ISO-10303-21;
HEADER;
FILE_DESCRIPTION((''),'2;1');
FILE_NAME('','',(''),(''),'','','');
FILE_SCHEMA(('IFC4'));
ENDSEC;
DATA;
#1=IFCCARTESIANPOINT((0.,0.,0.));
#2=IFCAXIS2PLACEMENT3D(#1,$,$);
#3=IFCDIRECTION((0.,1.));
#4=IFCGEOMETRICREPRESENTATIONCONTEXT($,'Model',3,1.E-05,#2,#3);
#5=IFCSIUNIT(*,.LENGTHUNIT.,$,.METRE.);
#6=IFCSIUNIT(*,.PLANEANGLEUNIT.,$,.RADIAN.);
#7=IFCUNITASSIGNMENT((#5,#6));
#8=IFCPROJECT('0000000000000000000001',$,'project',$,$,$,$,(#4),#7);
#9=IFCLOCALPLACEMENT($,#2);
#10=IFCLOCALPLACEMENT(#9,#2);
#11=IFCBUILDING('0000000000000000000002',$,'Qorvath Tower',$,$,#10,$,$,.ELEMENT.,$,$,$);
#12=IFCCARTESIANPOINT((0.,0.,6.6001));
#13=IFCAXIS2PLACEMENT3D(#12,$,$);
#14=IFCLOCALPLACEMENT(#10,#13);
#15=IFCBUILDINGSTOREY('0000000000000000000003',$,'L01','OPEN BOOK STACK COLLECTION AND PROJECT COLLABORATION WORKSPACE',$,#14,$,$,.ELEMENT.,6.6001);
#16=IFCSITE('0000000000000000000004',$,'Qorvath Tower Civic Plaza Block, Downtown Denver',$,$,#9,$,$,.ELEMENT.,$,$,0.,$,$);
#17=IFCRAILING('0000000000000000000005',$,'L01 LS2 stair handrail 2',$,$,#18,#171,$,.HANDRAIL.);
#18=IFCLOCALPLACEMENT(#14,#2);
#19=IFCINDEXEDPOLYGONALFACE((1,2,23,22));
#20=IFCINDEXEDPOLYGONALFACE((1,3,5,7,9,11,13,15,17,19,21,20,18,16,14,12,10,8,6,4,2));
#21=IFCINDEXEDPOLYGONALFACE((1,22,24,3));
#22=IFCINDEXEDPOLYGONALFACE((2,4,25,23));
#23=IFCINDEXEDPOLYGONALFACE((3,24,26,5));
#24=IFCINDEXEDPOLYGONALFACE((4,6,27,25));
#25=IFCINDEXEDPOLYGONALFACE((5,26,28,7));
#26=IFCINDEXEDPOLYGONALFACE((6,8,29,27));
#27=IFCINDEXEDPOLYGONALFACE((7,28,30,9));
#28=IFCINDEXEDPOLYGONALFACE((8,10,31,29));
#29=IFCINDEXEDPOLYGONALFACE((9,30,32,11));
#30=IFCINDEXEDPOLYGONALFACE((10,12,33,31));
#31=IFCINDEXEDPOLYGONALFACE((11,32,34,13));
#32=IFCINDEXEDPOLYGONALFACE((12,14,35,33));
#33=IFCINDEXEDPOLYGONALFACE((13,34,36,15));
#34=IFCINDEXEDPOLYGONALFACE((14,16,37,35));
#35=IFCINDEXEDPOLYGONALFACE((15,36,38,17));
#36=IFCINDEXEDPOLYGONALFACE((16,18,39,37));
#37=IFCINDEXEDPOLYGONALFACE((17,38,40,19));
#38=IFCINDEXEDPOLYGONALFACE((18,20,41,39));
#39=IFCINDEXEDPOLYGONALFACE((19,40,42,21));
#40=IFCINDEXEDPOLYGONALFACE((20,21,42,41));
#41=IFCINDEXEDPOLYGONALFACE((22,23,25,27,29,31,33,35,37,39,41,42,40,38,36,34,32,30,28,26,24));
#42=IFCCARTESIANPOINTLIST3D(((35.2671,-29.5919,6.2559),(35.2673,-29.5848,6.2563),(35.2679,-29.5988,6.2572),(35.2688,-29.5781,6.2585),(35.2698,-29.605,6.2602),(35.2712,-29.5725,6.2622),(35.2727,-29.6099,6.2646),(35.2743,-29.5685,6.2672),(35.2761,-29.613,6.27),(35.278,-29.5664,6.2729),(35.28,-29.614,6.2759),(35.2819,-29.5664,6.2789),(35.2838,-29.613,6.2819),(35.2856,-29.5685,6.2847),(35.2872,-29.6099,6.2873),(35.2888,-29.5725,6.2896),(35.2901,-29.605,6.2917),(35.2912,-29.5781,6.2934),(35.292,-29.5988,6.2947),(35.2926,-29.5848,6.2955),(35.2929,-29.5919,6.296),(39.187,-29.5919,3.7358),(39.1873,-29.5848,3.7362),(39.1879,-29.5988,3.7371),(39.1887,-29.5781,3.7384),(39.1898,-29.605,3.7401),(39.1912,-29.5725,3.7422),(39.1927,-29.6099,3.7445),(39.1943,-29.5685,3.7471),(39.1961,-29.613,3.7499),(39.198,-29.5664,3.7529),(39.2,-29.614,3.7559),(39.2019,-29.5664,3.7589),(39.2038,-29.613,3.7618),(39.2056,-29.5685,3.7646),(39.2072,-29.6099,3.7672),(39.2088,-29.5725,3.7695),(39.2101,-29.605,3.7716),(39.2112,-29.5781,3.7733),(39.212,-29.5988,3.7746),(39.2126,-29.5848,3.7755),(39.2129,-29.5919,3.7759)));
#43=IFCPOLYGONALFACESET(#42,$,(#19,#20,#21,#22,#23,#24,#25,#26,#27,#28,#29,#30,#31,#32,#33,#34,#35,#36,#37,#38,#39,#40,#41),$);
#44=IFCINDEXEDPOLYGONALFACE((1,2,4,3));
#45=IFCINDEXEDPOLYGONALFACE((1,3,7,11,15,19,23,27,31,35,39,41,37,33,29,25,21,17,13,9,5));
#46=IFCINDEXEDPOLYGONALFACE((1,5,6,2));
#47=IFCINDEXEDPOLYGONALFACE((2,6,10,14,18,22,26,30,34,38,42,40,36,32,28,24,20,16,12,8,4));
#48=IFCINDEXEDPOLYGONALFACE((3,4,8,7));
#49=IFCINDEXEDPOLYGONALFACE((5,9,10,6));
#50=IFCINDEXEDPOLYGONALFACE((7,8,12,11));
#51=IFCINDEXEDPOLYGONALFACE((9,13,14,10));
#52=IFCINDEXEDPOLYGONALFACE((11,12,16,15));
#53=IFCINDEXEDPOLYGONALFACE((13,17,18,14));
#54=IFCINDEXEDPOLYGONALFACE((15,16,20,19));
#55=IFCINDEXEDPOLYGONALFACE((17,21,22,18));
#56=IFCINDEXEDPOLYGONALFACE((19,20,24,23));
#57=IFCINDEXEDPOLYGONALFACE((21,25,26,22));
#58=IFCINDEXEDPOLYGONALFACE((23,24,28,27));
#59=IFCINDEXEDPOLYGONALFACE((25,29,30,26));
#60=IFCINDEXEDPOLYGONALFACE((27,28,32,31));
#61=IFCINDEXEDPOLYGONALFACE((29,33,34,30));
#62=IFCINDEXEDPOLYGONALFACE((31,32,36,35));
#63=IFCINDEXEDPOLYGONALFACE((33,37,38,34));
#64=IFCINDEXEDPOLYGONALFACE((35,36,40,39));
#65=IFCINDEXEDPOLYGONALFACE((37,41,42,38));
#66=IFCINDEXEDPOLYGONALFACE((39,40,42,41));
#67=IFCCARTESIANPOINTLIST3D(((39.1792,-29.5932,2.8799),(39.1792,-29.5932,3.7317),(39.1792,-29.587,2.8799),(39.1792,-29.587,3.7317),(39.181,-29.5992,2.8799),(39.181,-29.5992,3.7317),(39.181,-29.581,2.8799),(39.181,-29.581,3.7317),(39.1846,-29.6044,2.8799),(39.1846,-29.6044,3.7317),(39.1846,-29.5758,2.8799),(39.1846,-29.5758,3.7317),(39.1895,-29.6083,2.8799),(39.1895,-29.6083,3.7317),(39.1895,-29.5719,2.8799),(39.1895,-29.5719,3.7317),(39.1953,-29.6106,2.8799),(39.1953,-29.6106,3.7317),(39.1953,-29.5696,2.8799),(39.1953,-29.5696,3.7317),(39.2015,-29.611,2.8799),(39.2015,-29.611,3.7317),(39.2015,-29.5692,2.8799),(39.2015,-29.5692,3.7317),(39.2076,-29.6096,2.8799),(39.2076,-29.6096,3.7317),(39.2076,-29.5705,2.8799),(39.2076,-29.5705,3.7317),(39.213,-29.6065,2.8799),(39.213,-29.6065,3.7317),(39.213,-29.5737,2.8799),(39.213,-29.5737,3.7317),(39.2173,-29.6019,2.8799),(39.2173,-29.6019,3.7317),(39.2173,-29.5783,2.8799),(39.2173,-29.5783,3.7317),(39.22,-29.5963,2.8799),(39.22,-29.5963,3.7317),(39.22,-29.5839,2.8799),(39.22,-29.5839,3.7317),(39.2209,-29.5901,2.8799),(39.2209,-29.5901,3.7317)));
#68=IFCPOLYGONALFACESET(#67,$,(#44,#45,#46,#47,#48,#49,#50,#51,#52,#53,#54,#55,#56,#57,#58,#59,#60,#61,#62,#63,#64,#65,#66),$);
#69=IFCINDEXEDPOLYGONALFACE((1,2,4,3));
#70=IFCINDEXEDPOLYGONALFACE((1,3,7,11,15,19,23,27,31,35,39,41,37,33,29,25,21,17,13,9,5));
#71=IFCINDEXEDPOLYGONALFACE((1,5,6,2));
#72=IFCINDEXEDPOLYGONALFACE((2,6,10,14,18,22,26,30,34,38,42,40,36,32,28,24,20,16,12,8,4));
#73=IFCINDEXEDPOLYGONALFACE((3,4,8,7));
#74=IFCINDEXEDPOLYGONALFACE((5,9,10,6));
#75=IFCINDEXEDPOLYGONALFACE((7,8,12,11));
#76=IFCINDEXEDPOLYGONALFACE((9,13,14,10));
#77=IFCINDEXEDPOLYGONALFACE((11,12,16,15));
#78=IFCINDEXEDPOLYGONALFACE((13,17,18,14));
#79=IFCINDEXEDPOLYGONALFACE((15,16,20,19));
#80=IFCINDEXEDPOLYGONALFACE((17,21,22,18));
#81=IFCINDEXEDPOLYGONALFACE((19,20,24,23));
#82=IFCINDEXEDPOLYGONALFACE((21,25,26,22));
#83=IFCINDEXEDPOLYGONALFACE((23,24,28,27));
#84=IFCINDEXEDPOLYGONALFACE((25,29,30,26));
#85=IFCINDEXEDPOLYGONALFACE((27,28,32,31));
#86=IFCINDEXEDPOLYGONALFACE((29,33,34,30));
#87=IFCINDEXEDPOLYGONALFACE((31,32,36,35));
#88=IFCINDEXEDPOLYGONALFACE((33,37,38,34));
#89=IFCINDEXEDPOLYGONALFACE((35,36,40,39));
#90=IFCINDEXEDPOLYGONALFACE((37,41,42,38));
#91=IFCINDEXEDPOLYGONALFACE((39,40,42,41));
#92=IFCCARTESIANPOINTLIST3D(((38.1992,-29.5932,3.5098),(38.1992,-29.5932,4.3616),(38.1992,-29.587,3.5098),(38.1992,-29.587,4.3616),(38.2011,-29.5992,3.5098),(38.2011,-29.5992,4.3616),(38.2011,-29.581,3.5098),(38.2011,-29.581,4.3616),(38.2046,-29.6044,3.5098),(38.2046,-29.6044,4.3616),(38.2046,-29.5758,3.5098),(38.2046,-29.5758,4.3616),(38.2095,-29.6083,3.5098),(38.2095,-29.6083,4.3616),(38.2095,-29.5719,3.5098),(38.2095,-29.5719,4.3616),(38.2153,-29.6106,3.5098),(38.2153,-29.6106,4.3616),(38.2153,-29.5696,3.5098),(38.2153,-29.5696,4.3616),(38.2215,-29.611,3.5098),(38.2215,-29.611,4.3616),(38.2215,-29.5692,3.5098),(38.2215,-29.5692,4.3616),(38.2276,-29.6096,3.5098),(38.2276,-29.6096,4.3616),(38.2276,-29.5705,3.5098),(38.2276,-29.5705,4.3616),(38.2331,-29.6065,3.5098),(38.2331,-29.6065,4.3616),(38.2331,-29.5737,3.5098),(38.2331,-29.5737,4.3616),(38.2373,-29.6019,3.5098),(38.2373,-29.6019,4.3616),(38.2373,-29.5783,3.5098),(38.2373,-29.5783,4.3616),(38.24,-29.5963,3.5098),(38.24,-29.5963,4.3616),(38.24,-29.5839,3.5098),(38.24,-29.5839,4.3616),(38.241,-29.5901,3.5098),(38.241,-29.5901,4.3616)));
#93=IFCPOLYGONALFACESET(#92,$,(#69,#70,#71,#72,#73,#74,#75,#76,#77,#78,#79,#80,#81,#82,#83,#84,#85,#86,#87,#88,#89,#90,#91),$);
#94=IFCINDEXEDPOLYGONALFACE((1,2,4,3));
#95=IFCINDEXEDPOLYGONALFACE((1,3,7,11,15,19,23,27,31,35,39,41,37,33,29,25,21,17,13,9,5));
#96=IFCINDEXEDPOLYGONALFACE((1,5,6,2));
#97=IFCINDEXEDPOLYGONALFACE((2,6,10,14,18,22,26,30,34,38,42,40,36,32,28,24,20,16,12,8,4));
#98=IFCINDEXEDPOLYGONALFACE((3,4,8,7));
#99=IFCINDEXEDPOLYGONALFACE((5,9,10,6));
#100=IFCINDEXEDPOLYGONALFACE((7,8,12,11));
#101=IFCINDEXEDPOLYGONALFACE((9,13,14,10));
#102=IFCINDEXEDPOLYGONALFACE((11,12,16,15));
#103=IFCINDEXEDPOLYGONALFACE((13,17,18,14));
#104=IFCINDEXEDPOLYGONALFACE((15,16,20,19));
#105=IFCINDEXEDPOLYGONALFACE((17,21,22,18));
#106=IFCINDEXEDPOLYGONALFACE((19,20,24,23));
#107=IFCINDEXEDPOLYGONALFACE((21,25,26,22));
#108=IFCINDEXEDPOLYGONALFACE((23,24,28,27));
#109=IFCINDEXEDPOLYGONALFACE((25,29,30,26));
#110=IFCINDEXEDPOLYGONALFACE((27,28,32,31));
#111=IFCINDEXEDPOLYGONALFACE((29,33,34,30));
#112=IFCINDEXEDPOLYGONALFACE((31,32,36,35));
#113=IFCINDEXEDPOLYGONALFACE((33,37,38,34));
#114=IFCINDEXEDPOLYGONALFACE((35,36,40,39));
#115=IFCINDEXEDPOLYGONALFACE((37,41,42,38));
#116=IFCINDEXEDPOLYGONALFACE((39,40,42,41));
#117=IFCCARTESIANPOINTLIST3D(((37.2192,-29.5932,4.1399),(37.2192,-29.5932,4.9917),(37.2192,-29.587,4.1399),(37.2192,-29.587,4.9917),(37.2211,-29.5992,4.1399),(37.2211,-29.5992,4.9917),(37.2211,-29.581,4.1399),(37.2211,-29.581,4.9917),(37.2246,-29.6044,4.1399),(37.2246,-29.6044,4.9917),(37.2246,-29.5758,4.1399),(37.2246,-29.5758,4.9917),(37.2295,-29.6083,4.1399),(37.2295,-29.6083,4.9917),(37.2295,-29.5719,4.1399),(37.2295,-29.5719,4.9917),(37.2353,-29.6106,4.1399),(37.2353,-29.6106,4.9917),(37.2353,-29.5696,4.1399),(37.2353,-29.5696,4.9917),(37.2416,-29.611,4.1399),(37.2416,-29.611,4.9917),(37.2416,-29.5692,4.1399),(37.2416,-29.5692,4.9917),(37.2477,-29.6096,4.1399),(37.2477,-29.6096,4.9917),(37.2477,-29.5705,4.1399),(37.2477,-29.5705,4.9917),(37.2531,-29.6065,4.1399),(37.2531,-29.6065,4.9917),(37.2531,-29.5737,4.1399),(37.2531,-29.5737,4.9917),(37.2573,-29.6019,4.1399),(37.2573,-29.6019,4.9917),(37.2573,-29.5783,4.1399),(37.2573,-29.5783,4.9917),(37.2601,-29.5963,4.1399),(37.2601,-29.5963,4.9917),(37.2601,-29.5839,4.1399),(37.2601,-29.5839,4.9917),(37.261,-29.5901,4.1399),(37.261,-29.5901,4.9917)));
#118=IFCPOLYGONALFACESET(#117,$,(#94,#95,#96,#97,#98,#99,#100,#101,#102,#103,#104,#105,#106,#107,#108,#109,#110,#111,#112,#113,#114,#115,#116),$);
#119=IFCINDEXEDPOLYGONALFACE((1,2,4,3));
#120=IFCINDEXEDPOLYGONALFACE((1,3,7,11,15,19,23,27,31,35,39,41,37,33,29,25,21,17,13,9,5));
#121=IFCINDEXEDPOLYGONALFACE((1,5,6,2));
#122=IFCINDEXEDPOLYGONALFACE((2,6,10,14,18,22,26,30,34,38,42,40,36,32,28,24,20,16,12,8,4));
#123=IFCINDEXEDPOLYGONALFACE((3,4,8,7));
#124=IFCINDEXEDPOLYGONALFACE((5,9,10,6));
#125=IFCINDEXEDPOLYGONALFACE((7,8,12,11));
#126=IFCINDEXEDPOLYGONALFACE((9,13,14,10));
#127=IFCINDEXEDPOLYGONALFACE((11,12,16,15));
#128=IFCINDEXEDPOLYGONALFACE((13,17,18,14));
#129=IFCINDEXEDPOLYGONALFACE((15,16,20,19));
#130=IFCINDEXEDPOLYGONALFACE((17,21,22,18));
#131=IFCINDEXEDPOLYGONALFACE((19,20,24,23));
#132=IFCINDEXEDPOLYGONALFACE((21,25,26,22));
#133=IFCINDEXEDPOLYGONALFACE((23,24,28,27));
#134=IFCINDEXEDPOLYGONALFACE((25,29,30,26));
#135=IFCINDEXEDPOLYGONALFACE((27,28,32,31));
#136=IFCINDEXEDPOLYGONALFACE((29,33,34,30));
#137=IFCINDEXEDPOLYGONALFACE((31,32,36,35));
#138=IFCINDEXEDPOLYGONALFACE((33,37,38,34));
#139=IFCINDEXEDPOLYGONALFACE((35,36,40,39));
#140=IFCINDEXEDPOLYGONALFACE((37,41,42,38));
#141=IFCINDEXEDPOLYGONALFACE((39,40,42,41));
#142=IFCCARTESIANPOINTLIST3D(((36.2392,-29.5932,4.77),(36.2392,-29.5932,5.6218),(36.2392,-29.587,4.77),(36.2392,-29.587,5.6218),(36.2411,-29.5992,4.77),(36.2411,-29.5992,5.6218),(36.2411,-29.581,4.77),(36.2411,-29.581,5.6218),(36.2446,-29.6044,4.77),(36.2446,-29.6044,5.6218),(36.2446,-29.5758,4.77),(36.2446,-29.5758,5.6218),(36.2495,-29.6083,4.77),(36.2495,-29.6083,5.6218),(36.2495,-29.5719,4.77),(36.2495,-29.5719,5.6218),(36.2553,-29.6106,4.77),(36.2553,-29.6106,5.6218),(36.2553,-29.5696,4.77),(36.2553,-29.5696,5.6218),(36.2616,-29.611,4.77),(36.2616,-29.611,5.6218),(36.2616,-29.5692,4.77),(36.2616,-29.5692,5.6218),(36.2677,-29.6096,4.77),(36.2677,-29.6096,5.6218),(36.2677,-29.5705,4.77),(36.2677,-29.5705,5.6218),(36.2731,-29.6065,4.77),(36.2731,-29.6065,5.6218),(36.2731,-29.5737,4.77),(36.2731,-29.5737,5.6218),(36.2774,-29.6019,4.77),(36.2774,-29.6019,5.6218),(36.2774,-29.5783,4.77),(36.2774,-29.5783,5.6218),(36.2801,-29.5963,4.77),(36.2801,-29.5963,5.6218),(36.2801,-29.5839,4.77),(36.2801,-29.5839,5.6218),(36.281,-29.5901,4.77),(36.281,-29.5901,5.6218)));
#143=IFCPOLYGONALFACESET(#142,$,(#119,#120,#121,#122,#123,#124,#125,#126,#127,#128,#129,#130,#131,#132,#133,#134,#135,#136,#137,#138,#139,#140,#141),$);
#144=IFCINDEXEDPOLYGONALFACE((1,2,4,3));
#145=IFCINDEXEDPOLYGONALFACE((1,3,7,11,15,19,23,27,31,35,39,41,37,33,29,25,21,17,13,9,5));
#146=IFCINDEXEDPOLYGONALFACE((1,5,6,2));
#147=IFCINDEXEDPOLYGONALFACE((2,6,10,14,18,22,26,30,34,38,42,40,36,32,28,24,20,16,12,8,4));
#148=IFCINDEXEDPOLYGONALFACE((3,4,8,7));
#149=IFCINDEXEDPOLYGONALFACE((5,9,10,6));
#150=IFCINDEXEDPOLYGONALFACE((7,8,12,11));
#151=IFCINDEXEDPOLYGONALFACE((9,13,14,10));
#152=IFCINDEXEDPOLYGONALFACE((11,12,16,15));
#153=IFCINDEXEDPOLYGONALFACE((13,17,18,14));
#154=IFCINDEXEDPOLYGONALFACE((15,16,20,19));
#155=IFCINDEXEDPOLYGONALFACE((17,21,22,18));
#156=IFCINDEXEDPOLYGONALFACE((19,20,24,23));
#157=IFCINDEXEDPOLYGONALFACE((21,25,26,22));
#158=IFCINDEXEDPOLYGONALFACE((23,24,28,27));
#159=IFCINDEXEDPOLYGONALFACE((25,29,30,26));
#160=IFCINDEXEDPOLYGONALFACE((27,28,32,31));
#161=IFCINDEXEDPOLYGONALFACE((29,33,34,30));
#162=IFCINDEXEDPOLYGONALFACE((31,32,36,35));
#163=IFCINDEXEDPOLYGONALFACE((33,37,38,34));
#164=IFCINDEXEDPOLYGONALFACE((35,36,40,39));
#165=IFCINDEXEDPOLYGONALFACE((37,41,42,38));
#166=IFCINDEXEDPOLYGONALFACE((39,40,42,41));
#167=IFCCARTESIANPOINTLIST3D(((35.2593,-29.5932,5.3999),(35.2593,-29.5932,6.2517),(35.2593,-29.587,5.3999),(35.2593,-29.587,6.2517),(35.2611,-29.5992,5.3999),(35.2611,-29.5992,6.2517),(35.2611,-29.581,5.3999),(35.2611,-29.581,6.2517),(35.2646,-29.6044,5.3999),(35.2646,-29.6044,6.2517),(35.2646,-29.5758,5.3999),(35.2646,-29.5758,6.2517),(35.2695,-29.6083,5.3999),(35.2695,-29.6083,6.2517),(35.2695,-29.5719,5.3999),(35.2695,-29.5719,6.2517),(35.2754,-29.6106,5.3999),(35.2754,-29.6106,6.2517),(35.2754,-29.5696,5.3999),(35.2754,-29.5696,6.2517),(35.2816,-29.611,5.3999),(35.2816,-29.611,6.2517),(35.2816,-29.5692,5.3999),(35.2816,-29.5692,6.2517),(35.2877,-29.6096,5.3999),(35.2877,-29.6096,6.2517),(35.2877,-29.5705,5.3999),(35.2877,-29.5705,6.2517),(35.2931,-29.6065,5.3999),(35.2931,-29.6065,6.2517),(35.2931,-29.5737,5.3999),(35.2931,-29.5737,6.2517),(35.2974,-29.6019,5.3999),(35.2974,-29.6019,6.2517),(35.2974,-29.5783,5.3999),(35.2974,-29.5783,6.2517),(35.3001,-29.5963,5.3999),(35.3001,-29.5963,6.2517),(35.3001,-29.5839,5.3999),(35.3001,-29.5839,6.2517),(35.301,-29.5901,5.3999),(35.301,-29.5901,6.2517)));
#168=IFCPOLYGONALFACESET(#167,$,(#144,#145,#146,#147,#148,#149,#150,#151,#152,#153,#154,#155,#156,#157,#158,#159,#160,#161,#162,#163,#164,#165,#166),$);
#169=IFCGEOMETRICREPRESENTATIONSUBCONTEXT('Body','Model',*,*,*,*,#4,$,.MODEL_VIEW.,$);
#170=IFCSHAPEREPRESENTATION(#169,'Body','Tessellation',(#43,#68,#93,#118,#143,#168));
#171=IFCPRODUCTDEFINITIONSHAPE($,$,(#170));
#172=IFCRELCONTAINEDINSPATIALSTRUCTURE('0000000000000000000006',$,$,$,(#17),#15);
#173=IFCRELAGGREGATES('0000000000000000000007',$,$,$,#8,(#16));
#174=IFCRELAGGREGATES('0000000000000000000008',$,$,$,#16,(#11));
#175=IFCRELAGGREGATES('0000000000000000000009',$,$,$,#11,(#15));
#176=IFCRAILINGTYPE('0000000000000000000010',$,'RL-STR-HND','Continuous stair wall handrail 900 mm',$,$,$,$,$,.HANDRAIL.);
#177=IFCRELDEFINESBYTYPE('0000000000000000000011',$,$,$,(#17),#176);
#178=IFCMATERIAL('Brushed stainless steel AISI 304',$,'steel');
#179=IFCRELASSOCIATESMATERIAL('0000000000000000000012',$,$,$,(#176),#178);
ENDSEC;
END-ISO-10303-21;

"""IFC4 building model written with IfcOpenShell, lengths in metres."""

from ifc_helpers import new_model, si_unit, direction, frame, origin, origin_2d, place, context, subcontext, project, spatial, circle, extrude, material, type_object, element, save


model = new_model("IFC4")

# Units and contexts
model_context = context("Model", 3, precision=1e-05, world=origin(), true_north=direction((0.0, 1.0)))
body_context = subcontext(model_context, "Body", "Model", "MODEL_VIEW")
ifc_project = project(units=[si_unit("LENGTHUNIT", "METRE"), si_unit("PLANEANGLEUNIT", "RADIAN")], contexts=[model_context])

# Site, building, storey
site_placement = place(None, origin())
site = spatial("IfcSite", under=ifc_project, at=site_placement, Name="Qorvath Tower Civic Plaza Block, Downtown Denver", CompositionType="ELEMENT", RefElevation=0.0)
building_placement = place(site_placement, origin())
building = spatial("IfcBuilding", under=site, at=building_placement, Name="Qorvath Tower", CompositionType="ELEMENT")
storey_placement = place(building_placement, frame((0.0, 0.0, 6.6001)))
storey = spatial("IfcBuildingStorey", under=building, at=storey_placement, Name="L01", Description="OPEN BOOK STACK COLLECTION AND PROJECT COLLABORATION WORKSPACE", CompositionType="ELEMENT", Elevation=6.6001)

# Railing
ifc_material_1 = material(Name="Brushed stainless steel AISI 304", Category="steel")
railing_type_1 = type_object("IfcRailingType", Name="RL-STR-HND", Description="Continuous stair wall handrail 900 mm", PredefinedType="HANDRAIL", material=ifc_material_1)
railing_1_placement = place(storey_placement, frame((39.2, -29.5901, 2.8799)))
element("IfcRailing", 1, at=railing_1_placement, inside=storey, type_object=railing_type_1, Name="L01 LS2 stair handrail 2", PredefinedType="HANDRAIL", context=body_context, shape_type="SweptSolid", body=[
    extrude(circle(Radius=0.0239, at=origin_2d()), frame((0.0, 0.0, 0.876), z_axis=(-0.841172, 0.0, 0.540768), x_axis=(0.0, -1.0, 0.0)), (0.0, 0.0, 1.0), 4.6602),
    extrude(circle(Radius=0.021, at=origin_2d()), origin(), (0.0, 0.0, 1.0), 0.8518),
    extrude(circle(Radius=0.021, at=origin_2d()), frame((-0.98, 0.0, 0.6299)), (0.0, 0.0, 1.0), 0.8518),
    extrude(circle(Radius=0.021, at=origin_2d()), frame((-1.96, 0.0, 1.26)), (0.0, 0.0, 1.0), 0.8518),
    extrude(circle(Radius=0.021, at=origin_2d()), frame((-2.9399, 0.0, 1.8901)), (0.0, 0.0, 1.0), 0.8518),
    extrude(circle(Radius=0.021, at=origin_2d()), frame((-3.9199, 0.0, 2.52)), (0.0, 0.0, 1.0), 0.8518),
])

save(model, "model.ifc")
